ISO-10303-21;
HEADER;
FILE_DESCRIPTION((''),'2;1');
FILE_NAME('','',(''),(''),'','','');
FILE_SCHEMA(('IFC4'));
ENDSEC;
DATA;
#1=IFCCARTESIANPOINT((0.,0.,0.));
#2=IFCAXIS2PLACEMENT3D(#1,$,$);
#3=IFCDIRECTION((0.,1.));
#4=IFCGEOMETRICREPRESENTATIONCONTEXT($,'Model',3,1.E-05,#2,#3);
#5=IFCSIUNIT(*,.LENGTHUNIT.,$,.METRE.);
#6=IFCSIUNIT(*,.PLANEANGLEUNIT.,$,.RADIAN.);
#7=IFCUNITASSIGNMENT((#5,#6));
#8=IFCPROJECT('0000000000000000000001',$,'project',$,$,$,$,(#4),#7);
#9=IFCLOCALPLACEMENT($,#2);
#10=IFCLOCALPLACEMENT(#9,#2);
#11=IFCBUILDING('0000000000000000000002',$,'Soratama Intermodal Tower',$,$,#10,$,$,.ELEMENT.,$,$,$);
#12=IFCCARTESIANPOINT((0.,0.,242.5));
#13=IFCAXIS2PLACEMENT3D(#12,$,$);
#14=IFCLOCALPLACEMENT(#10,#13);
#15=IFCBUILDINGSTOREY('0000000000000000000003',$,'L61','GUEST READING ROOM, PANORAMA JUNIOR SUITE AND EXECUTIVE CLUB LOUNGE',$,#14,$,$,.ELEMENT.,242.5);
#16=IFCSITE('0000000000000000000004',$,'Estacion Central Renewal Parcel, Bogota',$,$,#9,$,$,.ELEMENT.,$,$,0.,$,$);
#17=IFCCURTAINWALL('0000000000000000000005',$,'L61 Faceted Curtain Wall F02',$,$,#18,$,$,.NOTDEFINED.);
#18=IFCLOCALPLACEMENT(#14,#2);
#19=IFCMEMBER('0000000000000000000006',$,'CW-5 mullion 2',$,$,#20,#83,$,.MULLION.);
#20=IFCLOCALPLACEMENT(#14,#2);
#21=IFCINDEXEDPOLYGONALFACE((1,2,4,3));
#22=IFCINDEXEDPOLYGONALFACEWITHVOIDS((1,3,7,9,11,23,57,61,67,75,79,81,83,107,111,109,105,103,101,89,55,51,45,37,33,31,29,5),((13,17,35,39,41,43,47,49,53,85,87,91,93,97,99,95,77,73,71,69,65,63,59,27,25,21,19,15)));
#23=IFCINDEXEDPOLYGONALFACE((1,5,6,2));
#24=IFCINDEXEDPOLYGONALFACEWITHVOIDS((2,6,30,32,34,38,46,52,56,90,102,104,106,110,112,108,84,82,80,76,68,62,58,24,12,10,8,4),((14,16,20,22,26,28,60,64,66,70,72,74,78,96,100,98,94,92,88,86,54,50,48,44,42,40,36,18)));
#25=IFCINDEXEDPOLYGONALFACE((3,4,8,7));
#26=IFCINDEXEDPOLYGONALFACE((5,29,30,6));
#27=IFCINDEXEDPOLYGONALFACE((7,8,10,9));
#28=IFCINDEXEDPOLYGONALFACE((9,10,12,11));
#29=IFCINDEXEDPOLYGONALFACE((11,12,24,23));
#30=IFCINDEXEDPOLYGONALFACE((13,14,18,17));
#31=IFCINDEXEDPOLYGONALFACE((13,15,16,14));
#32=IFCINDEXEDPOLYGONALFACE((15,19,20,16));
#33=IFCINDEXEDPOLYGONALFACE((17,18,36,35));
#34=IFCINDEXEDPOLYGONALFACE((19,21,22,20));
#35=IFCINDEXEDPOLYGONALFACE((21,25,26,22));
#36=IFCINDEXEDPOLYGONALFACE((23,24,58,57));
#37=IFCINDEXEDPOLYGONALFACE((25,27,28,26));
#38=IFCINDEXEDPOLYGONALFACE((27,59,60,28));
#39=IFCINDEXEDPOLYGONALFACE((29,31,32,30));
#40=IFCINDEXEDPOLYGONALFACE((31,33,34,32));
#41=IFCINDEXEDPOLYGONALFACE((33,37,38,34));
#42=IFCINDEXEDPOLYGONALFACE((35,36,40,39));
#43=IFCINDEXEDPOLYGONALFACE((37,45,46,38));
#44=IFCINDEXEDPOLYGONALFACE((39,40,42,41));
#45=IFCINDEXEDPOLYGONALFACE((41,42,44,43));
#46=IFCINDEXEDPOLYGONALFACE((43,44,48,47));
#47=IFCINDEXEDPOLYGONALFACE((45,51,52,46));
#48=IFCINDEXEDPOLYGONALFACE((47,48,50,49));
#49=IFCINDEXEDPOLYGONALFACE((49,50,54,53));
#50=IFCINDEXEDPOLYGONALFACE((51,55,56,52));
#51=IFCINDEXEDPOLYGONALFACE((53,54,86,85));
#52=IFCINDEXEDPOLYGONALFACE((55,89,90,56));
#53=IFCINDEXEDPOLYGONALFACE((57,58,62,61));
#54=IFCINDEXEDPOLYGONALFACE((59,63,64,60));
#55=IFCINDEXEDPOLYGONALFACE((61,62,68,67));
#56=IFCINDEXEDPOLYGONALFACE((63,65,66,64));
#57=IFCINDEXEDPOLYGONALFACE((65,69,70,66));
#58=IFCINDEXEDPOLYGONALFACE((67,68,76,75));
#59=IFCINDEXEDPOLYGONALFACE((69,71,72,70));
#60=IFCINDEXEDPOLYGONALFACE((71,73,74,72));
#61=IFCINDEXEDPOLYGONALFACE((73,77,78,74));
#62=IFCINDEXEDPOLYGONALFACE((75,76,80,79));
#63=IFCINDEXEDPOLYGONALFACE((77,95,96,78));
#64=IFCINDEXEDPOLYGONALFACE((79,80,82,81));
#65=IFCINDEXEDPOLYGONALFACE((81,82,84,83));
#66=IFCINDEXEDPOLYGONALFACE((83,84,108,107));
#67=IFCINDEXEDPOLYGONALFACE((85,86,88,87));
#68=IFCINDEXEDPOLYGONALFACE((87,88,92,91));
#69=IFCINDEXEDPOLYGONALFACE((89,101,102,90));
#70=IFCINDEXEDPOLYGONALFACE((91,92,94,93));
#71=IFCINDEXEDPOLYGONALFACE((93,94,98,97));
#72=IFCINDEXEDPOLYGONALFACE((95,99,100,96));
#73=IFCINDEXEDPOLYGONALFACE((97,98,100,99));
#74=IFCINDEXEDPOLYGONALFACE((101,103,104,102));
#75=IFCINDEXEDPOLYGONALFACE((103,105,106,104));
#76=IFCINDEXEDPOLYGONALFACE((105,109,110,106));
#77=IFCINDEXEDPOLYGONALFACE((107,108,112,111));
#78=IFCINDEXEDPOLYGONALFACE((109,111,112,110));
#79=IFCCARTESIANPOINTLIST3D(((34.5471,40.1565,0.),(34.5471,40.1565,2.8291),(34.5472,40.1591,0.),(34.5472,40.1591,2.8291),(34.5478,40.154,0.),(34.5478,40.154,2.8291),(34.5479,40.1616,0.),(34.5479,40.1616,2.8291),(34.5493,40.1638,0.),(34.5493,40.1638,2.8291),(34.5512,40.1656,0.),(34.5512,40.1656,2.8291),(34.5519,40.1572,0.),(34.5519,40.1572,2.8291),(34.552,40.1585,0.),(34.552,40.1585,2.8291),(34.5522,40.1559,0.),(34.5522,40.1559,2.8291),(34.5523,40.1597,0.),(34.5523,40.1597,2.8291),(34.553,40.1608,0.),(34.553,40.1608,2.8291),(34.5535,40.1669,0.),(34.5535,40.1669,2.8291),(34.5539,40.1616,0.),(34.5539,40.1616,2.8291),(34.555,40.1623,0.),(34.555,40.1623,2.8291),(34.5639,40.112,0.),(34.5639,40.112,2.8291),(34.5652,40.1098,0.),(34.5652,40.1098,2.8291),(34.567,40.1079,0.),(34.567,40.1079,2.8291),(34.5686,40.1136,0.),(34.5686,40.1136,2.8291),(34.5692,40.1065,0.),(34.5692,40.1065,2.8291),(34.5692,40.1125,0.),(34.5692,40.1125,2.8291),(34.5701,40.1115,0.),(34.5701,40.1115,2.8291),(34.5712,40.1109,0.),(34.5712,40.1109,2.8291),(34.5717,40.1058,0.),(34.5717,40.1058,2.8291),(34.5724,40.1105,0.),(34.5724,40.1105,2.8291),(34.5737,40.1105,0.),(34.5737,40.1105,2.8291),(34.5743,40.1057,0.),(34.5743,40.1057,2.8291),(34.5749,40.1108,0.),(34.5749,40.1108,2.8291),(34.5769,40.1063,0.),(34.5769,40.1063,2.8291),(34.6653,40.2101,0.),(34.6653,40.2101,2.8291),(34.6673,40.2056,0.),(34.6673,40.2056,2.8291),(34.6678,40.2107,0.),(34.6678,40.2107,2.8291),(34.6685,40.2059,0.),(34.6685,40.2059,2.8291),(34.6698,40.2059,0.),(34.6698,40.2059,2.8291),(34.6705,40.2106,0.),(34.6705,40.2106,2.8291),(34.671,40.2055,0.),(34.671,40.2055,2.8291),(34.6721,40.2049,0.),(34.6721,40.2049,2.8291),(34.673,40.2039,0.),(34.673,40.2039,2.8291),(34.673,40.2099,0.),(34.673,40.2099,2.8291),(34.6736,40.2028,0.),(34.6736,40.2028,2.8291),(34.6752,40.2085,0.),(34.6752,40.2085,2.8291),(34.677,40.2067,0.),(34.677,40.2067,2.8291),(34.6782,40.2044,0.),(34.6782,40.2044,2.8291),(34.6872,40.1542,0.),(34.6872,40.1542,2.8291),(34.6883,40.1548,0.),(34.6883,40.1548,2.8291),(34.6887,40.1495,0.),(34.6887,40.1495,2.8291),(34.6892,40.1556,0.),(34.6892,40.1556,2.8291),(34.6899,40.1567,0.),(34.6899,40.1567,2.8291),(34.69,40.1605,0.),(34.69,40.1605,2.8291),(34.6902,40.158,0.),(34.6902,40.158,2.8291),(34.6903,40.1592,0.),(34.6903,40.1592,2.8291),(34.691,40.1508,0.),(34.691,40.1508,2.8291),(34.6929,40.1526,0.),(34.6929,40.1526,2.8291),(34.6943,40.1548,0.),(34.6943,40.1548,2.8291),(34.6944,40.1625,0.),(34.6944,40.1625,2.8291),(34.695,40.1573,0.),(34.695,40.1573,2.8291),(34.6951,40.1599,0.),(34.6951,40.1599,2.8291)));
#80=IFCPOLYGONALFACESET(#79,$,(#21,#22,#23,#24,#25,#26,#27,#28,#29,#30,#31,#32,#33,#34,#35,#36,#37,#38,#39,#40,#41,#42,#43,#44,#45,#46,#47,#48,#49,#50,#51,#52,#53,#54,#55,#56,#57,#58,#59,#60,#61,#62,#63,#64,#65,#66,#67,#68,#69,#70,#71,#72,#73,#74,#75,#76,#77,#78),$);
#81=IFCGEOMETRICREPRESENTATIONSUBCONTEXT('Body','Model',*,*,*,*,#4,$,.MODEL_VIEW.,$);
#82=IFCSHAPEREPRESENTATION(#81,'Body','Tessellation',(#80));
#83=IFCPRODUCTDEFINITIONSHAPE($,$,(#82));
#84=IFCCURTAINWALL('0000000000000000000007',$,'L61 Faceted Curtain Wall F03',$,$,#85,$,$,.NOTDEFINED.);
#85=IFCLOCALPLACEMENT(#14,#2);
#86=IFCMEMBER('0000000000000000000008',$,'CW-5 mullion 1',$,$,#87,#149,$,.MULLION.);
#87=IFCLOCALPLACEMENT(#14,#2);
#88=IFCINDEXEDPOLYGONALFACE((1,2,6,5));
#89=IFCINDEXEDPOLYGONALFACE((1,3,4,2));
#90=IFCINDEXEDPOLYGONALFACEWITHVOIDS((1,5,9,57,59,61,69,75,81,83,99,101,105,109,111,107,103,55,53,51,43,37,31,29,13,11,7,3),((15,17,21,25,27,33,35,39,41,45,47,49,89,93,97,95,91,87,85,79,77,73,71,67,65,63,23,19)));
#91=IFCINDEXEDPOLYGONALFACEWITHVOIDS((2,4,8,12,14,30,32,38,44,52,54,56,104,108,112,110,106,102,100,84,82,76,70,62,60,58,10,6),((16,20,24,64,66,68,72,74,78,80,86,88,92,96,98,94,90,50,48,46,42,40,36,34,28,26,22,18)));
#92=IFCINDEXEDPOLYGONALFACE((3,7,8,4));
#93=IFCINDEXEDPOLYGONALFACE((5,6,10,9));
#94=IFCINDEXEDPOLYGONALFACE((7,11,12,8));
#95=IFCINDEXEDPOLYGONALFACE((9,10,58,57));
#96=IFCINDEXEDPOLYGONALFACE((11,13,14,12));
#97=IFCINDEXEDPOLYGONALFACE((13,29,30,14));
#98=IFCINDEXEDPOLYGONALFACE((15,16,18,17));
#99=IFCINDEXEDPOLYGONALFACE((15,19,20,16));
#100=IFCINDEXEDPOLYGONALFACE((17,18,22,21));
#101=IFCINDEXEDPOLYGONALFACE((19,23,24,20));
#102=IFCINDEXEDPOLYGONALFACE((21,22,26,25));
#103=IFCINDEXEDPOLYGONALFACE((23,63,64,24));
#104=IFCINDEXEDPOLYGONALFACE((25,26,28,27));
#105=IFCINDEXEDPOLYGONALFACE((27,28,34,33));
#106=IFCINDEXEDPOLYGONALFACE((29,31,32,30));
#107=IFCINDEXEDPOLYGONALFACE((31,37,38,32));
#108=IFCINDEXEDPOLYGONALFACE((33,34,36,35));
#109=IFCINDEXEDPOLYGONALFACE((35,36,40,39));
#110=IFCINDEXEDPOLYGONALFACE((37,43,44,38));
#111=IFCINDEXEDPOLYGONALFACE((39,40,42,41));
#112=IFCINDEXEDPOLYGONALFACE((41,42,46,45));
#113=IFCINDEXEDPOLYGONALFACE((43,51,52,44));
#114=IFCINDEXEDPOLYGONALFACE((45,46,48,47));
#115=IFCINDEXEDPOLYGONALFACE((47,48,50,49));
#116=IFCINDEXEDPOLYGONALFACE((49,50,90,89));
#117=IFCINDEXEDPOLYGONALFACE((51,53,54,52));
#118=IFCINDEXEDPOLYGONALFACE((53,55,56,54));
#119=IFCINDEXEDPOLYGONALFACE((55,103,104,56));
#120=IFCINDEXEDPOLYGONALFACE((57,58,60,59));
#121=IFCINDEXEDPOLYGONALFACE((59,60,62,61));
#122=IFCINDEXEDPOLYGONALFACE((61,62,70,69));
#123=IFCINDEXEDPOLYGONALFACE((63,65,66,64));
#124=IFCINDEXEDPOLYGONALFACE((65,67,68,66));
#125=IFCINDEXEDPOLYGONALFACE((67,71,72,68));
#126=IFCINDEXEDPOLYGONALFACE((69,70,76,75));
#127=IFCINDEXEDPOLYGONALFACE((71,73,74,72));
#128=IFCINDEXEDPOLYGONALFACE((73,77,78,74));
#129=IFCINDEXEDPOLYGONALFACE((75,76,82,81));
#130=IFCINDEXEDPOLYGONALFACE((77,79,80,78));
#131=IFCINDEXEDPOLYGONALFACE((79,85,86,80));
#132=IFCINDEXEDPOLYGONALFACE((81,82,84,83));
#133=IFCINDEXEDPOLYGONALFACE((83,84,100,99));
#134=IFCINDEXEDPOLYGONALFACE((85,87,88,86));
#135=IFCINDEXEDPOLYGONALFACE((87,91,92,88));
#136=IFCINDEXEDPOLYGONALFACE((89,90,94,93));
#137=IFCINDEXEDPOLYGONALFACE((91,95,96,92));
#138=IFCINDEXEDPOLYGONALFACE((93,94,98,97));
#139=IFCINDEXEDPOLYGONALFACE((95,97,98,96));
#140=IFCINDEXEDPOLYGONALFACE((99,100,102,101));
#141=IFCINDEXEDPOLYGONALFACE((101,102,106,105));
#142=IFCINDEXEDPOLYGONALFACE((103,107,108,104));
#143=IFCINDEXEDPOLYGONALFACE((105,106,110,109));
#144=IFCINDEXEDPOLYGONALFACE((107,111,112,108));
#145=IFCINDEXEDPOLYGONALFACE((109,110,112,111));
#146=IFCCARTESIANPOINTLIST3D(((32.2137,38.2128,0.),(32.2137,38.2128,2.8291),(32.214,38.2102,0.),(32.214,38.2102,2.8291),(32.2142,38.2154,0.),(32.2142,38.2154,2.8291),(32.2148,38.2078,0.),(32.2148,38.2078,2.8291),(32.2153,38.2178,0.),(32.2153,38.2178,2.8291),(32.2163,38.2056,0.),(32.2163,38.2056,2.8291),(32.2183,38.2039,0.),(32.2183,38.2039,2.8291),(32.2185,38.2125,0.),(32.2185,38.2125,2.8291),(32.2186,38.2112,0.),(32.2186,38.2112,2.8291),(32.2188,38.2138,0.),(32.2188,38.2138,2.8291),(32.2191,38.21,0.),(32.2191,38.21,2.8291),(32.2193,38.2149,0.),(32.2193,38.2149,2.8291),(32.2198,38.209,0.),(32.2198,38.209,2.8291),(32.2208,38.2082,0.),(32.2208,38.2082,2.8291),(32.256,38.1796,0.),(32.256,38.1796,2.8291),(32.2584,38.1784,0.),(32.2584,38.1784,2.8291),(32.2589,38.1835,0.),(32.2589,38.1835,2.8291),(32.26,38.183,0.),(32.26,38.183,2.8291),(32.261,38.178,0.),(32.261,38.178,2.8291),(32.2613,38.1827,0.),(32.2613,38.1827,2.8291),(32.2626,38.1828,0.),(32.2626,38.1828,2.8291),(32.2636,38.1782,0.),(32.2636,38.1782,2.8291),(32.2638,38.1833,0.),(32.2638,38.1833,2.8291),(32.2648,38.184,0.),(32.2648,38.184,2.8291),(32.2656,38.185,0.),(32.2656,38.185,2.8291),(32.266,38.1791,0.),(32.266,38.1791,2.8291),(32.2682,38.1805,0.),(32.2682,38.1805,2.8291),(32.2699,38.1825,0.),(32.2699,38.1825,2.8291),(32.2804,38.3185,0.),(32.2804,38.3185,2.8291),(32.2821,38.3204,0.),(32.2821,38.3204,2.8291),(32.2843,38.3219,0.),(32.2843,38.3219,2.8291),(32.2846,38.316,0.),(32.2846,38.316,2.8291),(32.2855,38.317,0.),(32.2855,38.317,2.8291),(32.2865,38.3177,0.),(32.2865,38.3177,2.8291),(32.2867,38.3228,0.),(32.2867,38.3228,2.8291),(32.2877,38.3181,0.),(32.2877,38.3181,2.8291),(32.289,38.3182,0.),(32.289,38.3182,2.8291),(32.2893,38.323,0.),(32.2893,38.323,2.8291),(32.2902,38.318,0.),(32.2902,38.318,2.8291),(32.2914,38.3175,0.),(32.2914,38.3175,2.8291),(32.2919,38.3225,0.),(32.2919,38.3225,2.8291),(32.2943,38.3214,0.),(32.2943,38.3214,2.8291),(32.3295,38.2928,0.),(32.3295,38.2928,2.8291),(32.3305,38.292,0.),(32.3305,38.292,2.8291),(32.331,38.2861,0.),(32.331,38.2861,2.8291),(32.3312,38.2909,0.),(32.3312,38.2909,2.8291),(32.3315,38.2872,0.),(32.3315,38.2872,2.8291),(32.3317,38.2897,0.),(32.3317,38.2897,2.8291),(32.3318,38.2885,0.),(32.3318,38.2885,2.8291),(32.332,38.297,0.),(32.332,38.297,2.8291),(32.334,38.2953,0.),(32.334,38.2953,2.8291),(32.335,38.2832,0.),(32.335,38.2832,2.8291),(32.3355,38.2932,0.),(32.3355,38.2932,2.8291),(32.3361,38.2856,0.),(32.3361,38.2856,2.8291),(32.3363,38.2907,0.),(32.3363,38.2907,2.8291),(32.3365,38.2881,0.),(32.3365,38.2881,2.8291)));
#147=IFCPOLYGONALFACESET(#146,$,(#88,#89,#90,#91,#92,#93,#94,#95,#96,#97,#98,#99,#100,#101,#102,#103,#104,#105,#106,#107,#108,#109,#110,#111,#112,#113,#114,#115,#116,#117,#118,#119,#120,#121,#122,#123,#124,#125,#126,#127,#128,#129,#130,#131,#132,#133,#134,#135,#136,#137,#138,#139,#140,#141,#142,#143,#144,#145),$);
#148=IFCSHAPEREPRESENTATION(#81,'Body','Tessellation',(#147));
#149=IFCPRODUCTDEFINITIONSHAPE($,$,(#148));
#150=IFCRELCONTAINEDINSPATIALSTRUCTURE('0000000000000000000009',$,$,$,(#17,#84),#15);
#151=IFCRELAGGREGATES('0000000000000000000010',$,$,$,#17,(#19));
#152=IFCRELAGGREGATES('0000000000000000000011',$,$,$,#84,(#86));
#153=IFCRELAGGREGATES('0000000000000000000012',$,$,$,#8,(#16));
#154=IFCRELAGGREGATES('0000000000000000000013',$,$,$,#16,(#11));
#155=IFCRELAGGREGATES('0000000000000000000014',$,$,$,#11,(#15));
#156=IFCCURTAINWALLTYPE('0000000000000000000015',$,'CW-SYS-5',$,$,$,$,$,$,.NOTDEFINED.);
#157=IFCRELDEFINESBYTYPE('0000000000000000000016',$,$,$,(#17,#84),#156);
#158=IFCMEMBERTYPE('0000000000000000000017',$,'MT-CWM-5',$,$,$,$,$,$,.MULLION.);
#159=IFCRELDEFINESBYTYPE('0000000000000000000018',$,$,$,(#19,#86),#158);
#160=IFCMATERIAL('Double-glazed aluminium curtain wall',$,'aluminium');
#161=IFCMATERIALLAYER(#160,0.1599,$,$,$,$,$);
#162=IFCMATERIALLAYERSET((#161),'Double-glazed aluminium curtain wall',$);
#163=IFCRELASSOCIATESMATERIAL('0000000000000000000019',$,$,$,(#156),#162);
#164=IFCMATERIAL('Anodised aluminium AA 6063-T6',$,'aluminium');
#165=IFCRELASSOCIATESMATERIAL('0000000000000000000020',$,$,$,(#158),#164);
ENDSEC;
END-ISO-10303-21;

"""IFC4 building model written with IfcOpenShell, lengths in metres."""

from ifc_helpers import new_model, si_unit, direction, frame, origin, origin_2d, place, context, subcontext, project, spatial, hollow_rectangle, extrude, material, layer, layer_set, material_profile, profile_set, type_object, element, aggregate, save


model = new_model("IFC4")

# Units and contexts
model_context = context("Model", 3, precision=1e-05, world=origin(), true_north=direction((0.0, 1.0)))
body_context = subcontext(model_context, "Body", "Model", "MODEL_VIEW")
ifc_project = project(units=[si_unit("LENGTHUNIT", "METRE"), si_unit("PLANEANGLEUNIT", "RADIAN")], contexts=[model_context])

# Site, building, storey
site_placement = place(None, origin())
site = spatial("IfcSite", under=ifc_project, at=site_placement, Name="Estacion Central Renewal Parcel, Bogota", CompositionType="ELEMENT", RefElevation=0.0)
building_placement = place(site_placement, origin())
building = spatial("IfcBuilding", under=site, at=building_placement, Name="Soratama Intermodal Tower", CompositionType="ELEMENT")
storey_placement = place(building_placement, frame((0.0, 0.0, 242.5)))
storey = spatial("IfcBuildingStorey", under=building, at=storey_placement, Name="L61", Description="GUEST READING ROOM, PANORAMA JUNIOR SUITE AND EXECUTIVE CLUB LOUNGE", CompositionType="ELEMENT", Elevation=242.5)

# Curtain wall, member
ifc_material_1 = material(Name="Double-glazed aluminium curtain wall", Category="aluminium")
ifc_layer_1 = layer(ifc_material_1, 0.1599)
ifc_layer_set_1 = layer_set([ifc_layer_1], Name="Double-glazed aluminium curtain wall")
curtain_wall_type = type_object("IfcCurtainWallType", Name="CW-SYS-5", PredefinedType="NOTDEFINED", material=ifc_layer_set_1)
curtain_wall_1_placement = place(storey_placement, origin())
curtain_wall_1 = element("IfcCurtainWall", 1, at=curtain_wall_1_placement, inside=storey, type_object=curtain_wall_type, Name="L61 Faceted Curtain Wall F02", PredefinedType="NOTDEFINED")
ifc_material_2 = material(Name="Anodised aluminium AA 6063-T6", Category="aluminium")
ifc_material_profile_1 = material_profile(ifc_material_2, hollow_rectangle(XDim=0.0649, YDim=0.1399, WallThickness=0.0049, InnerFilletRadius=0.0049, OuterFilletRadius=0.01, at=origin_2d()), Name="CWM140X65X5")
ifc_profile_set_1 = profile_set([ifc_material_profile_1], Name="Anodised aluminium AA 6063-T6")
member_type_1 = type_object("IfcMemberType", Name="MT-CWM-5", PredefinedType="MULLION", material=ifc_profile_set_1)
member_1_placement = place(storey_placement, frame((34.6211, 40.1582, 0.0), z_axis=(0.0, 0.0, 1.0), x_axis=(0.360328, -0.932826, 0.0)))
member_1 = element("IfcMember", 2, at=member_1_placement, type_object=member_type_1, Name="CW-5 mullion 2", PredefinedType="MULLION", context=body_context, shape_type="SweptSolid", body=[
    extrude(hollow_rectangle(XDim=0.0649, YDim=0.1399, WallThickness=0.0049, InnerFilletRadius=0.0049, OuterFilletRadius=0.01, at=origin_2d()), origin(), (0.0, 0.0, 1.0), 2.8291),
])
aggregate(curtain_wall_1, [member_1])

# Curtain wall, member
curtain_wall_2_placement = place(storey_placement, origin())
curtain_wall_2 = element("IfcCurtainWall", 3, at=curtain_wall_2_placement, inside=storey, type_object=curtain_wall_type, Name="L61 Faceted Curtain Wall F03", PredefinedType="NOTDEFINED")
member_2_placement = place(storey_placement, frame((32.2751, 38.2505, 0.0), z_axis=(0.0, 0.0, 1.0), x_axis=(0.839812, -0.542878, 0.0)))
member_2 = element("IfcMember", 4, at=member_2_placement, type_object=member_type_1, Name="CW-5 mullion 1", PredefinedType="MULLION", context=body_context, shape_type="SweptSolid", body=[
    extrude(hollow_rectangle(XDim=0.0649, YDim=0.1399, WallThickness=0.0049, InnerFilletRadius=0.0049, OuterFilletRadius=0.01, at=origin_2d()), origin(), (0.0, 0.0, 1.0), 2.8291),
])
aggregate(curtain_wall_2, [member_2])

save(model, "model.ifc")
